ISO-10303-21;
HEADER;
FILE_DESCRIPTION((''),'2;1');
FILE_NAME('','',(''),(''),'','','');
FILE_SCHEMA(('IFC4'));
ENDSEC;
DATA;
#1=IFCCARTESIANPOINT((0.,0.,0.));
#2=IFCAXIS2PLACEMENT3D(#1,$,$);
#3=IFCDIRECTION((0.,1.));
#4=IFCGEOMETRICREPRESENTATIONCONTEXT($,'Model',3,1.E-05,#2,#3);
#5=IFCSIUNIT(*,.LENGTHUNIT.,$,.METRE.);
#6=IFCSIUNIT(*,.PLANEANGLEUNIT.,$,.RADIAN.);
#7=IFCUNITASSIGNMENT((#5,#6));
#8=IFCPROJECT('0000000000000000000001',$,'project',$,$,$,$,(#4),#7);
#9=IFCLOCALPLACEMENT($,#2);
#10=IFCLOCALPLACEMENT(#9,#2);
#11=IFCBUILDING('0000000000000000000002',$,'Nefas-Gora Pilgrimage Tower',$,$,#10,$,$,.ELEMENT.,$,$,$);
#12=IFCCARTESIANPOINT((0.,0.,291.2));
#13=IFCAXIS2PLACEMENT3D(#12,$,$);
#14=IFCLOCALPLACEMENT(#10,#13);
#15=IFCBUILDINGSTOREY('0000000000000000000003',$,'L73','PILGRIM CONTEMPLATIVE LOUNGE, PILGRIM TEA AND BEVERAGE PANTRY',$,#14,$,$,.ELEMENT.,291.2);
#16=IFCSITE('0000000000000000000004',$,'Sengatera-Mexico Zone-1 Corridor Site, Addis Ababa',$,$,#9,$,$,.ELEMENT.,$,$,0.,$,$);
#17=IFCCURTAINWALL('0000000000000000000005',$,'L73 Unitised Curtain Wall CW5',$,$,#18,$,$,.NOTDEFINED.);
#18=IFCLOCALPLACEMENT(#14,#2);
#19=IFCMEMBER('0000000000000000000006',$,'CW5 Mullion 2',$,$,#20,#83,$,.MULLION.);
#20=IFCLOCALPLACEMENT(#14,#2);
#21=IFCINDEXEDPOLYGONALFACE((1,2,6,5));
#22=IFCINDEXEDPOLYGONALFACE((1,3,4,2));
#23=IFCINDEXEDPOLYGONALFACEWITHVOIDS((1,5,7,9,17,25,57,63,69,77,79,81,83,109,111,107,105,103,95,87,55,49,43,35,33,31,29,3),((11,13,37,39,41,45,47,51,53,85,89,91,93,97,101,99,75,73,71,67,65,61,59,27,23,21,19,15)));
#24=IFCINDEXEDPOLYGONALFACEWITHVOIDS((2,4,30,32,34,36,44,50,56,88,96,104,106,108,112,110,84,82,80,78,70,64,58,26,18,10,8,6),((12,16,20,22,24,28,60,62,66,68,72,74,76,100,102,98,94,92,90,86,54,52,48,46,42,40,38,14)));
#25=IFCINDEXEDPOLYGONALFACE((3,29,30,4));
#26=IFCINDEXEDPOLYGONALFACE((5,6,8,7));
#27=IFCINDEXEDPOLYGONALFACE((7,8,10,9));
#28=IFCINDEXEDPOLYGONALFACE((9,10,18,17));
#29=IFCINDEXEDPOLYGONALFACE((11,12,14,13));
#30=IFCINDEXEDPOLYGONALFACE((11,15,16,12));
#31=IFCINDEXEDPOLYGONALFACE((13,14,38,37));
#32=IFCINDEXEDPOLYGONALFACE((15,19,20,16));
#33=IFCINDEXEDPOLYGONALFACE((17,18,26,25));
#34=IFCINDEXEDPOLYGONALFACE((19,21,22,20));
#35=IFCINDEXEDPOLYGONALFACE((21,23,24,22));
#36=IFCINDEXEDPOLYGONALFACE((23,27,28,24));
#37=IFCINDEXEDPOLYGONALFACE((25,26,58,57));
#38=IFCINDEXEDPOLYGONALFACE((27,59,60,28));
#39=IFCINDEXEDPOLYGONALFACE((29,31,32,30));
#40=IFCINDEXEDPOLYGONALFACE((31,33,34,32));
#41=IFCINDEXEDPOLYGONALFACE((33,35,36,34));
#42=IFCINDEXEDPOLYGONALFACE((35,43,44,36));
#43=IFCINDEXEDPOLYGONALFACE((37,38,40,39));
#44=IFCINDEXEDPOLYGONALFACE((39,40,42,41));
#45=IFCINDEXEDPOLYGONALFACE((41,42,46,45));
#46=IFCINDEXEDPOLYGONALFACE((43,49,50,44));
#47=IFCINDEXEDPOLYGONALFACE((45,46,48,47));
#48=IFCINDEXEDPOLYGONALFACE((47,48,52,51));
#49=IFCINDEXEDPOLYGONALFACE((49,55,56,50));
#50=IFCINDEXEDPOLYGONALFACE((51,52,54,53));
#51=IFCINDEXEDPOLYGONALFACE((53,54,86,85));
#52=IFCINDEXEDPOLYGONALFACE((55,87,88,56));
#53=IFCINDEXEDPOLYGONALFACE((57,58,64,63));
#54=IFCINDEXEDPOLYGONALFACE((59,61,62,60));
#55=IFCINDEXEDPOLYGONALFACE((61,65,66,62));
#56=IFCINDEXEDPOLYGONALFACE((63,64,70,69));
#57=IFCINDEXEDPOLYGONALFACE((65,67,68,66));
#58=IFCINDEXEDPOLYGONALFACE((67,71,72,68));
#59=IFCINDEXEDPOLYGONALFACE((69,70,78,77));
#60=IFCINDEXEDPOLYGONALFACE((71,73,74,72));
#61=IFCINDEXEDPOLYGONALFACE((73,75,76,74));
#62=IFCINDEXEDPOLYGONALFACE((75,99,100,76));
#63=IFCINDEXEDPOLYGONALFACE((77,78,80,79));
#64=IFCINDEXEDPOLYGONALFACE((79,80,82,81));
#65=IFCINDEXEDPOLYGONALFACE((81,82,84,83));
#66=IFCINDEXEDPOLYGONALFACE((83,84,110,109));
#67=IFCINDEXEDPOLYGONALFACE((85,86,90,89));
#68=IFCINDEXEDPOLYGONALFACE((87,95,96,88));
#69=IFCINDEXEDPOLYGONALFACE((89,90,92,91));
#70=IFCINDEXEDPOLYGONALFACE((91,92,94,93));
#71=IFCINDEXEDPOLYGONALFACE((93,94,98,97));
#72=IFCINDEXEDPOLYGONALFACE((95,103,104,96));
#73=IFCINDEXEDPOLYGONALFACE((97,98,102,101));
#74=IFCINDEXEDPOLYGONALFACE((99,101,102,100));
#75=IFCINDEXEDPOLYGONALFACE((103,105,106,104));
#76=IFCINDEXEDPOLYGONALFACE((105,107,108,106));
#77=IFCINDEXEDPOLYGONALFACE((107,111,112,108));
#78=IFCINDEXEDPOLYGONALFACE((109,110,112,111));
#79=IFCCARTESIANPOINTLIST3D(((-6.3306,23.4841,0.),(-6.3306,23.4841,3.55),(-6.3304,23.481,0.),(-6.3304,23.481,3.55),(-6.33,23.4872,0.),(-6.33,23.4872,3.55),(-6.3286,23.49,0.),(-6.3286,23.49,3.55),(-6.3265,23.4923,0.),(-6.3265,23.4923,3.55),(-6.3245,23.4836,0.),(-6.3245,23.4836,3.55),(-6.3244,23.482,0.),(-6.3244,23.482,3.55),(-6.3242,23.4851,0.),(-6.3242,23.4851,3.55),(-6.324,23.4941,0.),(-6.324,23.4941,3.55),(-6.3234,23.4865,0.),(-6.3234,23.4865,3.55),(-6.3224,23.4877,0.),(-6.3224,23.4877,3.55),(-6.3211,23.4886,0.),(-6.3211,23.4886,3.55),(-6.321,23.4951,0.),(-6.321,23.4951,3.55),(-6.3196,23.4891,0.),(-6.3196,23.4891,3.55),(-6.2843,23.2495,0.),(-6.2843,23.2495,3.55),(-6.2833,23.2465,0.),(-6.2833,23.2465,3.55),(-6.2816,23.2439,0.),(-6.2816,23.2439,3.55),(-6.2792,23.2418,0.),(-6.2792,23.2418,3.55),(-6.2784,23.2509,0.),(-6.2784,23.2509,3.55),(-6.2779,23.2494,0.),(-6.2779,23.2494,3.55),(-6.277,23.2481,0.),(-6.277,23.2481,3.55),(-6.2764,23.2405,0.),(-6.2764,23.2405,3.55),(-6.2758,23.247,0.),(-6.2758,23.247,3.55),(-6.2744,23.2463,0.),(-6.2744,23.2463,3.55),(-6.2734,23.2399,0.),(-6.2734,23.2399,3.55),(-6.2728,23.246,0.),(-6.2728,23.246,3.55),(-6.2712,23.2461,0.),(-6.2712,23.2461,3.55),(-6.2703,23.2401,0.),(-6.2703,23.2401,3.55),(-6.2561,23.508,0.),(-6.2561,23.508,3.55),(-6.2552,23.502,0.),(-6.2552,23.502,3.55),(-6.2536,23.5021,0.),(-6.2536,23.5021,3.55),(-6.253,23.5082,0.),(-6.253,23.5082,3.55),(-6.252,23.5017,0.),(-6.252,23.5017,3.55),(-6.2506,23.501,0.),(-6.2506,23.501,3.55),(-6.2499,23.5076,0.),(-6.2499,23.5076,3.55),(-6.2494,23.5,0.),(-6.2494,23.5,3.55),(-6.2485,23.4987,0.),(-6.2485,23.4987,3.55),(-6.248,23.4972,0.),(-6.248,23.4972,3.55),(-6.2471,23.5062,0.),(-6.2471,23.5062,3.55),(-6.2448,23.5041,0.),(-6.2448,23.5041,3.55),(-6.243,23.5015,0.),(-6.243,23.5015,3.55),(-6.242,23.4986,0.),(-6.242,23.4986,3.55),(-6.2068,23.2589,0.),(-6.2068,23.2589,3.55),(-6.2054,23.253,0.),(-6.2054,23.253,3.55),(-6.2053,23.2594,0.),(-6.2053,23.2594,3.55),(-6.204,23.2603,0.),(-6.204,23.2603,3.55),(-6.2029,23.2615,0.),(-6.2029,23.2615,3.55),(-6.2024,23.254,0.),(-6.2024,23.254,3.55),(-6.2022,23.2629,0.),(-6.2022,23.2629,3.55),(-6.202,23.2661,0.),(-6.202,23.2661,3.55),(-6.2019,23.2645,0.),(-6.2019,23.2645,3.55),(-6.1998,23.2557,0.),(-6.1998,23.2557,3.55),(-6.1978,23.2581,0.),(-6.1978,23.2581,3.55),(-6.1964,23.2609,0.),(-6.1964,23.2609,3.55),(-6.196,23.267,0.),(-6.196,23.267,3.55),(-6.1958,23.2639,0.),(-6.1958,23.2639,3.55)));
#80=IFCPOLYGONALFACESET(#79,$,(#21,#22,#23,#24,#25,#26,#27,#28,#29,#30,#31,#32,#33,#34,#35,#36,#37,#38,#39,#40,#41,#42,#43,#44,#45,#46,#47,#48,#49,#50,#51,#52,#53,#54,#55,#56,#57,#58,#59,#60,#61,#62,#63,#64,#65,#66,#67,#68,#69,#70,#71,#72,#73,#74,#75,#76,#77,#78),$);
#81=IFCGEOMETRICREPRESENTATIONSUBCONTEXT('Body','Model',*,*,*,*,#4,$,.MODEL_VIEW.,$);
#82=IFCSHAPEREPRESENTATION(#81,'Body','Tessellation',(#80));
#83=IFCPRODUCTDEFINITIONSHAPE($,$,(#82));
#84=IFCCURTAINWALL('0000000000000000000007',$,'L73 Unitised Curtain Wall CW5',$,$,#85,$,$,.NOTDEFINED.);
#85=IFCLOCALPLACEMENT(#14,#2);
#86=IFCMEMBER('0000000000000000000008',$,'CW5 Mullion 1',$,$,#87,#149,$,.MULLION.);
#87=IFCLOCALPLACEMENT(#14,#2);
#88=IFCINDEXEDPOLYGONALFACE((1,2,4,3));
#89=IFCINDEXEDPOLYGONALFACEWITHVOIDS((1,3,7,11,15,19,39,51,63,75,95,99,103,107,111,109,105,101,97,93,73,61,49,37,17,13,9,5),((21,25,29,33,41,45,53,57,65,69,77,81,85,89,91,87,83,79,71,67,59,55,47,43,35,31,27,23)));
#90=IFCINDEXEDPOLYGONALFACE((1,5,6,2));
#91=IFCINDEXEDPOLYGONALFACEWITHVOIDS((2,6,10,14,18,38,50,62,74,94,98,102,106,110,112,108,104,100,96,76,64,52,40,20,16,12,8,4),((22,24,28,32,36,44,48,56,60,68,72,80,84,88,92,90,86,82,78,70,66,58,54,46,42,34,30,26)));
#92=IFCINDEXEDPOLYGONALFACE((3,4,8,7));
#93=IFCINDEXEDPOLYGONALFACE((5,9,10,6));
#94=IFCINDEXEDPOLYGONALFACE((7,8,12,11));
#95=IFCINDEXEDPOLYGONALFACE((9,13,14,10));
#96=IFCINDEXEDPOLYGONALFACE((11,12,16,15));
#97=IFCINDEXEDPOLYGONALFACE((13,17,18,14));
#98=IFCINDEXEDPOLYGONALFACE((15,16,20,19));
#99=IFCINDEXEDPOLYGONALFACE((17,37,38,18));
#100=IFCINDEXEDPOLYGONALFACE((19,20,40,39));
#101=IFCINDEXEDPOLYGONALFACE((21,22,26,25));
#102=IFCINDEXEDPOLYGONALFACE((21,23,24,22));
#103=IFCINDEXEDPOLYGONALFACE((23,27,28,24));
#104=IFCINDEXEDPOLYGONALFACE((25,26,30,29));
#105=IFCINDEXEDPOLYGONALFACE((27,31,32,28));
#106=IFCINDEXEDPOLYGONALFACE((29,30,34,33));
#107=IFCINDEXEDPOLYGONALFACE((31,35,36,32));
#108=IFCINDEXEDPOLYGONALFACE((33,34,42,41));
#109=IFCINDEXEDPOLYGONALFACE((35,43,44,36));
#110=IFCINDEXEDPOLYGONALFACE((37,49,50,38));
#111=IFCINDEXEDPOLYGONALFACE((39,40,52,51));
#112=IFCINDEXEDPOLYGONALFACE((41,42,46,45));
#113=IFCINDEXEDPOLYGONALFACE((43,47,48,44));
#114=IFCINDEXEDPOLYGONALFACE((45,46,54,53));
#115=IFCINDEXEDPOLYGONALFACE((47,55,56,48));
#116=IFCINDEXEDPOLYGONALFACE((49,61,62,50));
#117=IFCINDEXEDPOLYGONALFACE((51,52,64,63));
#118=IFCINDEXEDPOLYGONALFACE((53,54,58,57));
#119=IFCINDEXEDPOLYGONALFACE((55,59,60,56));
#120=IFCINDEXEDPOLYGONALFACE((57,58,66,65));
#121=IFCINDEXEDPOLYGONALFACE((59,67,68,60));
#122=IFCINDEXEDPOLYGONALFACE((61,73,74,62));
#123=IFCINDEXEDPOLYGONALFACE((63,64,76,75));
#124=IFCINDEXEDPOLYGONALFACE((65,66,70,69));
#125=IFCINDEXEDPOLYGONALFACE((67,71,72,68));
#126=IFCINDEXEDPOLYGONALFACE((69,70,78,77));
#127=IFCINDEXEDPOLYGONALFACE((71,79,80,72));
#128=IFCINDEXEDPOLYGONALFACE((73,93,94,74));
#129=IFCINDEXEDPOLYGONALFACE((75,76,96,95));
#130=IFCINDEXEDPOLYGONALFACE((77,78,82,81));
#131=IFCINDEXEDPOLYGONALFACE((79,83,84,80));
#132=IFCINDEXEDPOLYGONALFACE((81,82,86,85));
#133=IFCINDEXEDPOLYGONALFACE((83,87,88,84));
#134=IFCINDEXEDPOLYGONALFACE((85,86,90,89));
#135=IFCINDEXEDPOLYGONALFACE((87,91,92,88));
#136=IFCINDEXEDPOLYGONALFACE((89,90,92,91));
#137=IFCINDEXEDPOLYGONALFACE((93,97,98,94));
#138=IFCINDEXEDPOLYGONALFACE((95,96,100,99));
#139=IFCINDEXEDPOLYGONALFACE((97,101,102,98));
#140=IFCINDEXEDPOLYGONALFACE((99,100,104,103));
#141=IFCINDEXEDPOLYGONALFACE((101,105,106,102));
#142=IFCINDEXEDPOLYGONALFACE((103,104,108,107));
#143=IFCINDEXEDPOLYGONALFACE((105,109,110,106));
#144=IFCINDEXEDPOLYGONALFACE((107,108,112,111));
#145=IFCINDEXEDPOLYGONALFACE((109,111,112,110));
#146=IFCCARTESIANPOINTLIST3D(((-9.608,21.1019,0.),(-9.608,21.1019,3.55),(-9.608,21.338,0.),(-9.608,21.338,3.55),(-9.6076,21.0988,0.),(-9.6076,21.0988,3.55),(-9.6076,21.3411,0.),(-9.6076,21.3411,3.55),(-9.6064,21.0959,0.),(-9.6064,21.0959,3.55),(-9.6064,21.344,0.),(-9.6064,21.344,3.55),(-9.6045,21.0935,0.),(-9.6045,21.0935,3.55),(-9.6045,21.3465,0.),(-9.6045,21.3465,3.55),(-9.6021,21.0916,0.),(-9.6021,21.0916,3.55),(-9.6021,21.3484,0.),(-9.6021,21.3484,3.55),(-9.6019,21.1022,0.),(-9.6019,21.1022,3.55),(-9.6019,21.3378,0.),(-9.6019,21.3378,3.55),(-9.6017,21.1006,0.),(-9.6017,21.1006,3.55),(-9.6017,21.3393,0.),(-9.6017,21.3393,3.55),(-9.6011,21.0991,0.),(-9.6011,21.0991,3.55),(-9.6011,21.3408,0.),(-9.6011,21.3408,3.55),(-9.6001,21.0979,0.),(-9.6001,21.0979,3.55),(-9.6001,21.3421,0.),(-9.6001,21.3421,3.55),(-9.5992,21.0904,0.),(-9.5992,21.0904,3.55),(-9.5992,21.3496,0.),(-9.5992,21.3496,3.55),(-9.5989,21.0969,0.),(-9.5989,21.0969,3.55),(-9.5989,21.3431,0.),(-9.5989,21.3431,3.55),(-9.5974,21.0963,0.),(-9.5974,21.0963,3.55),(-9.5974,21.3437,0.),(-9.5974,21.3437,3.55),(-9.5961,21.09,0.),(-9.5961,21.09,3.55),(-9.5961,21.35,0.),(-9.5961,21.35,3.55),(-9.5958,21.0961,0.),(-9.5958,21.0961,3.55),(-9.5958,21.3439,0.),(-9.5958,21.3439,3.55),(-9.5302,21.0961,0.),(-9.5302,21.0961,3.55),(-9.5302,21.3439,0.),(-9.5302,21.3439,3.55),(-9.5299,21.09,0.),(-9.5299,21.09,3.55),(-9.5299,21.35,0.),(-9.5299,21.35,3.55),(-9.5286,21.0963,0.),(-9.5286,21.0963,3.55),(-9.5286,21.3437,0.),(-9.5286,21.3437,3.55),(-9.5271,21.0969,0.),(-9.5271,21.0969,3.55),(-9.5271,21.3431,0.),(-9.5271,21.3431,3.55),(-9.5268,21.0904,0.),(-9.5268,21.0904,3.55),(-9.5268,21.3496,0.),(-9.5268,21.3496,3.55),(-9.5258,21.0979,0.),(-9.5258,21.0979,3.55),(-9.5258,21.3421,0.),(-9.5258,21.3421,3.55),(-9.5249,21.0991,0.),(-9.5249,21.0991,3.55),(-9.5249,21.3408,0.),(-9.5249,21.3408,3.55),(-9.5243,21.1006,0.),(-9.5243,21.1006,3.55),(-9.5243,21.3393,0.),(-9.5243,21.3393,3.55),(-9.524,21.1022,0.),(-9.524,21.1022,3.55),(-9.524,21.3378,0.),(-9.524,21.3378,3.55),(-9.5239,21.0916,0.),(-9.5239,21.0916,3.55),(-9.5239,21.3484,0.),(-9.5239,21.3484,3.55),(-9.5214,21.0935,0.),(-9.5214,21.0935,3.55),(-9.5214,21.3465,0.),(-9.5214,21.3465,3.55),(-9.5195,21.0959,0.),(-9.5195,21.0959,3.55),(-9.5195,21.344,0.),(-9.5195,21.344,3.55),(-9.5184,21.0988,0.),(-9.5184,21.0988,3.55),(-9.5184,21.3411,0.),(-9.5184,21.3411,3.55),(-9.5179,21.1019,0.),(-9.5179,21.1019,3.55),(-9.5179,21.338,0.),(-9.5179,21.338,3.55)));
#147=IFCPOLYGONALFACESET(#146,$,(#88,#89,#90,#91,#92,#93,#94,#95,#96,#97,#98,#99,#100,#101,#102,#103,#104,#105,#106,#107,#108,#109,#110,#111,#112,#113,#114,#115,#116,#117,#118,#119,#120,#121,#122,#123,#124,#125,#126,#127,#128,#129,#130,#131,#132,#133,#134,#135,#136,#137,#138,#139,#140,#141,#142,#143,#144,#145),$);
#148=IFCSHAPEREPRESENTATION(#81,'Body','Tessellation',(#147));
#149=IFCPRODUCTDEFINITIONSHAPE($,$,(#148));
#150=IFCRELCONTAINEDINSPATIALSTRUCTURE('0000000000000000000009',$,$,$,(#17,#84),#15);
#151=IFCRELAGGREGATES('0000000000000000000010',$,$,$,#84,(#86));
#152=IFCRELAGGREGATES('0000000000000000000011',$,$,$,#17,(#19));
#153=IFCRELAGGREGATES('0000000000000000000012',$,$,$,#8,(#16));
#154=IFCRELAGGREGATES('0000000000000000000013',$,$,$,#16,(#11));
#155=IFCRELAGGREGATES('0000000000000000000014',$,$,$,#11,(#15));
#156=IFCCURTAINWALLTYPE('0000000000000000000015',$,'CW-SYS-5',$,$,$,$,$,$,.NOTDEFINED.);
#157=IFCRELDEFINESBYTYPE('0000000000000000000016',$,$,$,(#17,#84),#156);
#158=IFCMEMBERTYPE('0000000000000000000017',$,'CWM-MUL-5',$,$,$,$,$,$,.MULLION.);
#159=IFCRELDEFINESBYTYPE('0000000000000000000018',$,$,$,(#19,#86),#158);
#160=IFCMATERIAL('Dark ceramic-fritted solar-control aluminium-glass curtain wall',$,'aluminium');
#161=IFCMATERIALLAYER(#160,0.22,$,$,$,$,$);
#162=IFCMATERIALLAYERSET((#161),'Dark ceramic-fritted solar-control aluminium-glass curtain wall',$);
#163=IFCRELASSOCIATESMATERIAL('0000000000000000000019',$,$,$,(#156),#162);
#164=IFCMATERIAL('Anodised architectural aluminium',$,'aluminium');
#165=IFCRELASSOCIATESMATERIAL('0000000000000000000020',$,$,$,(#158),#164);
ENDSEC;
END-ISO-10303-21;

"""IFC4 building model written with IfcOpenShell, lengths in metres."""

from ifc_helpers import new_model, si_unit, direction, frame, origin, origin_2d, place, context, subcontext, project, spatial, hollow_rectangle, extrude, source, transform, mapped, material, layer, layer_set, material_profile, profile_set, type_object, element, aggregate, save


model = new_model("IFC4")

# Units and contexts
model_context = context("Model", 3, precision=1e-05, world=origin(), true_north=direction((0.0, 1.0)))
body_context = subcontext(model_context, "Body", "Model", "MODEL_VIEW")
ifc_project = project(units=[si_unit("LENGTHUNIT", "METRE"), si_unit("PLANEANGLEUNIT", "RADIAN")], contexts=[model_context])

# Site, building, storey
site_placement = place(None, origin())
site = spatial("IfcSite", under=ifc_project, at=site_placement, Name="Sengatera-Mexico Zone-1 Corridor Site, Addis Ababa", CompositionType="ELEMENT", RefElevation=0.0)
building_placement = place(site_placement, origin())
building = spatial("IfcBuilding", under=site, at=building_placement, Name="Nefas-Gora Pilgrimage Tower", CompositionType="ELEMENT")
storey_placement = place(building_placement, frame((0.0, 0.0, 291.2)))
storey = spatial("IfcBuildingStorey", under=building, at=storey_placement, Name="L73", Description="PILGRIM CONTEMPLATIVE LOUNGE, PILGRIM TEA AND BEVERAGE PANTRY", CompositionType="ELEMENT", Elevation=291.2)

# Curtain wall, member
ifc_material_1 = material(Name="Dark ceramic-fritted solar-control aluminium-glass curtain wall", Category="aluminium")
ifc_layer_1 = layer(ifc_material_1, 0.22)
ifc_layer_set_1 = layer_set([ifc_layer_1], Name="Dark ceramic-fritted solar-control aluminium-glass curtain wall")
curtain_wall_type = type_object("IfcCurtainWallType", Name="CW-SYS-5", PredefinedType="NOTDEFINED", material=ifc_layer_set_1)
curtain_wall_1_placement = place(storey_placement, origin())
curtain_wall_1 = element("IfcCurtainWall", 1, at=curtain_wall_1_placement, inside=storey, type_object=curtain_wall_type, Name="L73 Unitised Curtain Wall CW5", PredefinedType="NOTDEFINED")
ifc_material_2 = material(Name="Anodised architectural aluminium", Category="aluminium")
ifc_material_profile_1 = material_profile(ifc_material_2, hollow_rectangle(XDim=0.0901, YDim=0.26, WallThickness=0.0061, InnerFilletRadius=0.0061, OuterFilletRadius=0.012, at=origin_2d()), Name="ALU MULLION 90x260")
ifc_profile_set_1 = profile_set([ifc_material_profile_1], Name="Anodised architectural aluminium")
member_type_1 = type_object("IfcMemberType", Name="CWM-MUL-5", PredefinedType="MULLION", material=ifc_profile_set_1)
shared_shape_1 = source(origin(), body_context, "Body", "SweptSolid", [
    extrude(hollow_rectangle(XDim=0.0901, YDim=0.26, WallThickness=0.0061, InnerFilletRadius=0.0061, OuterFilletRadius=0.012, at=origin_2d()), origin(), (0.0, 0.0, 1.0), 3.55),
])
member_1_placement = place(storey_placement, frame((-6.2632, 23.374, 0.0), z_axis=(0.0, 0.0, 1.0), x_axis=(-0.980783, -0.195102, 0.0)))
member_1 = element("IfcMember", 2, at=member_1_placement, type_object=member_type_1, Name="CW5 Mullion 2", PredefinedType="MULLION", context=body_context, shape_type="MappedRepresentation", body=[
    mapped(shared_shape_1, transform((0.0, 0.0, 0.0), x_axis=(1.0, 0.0, 0.0), y_axis=(0.0, 1.0, 0.0), z_axis=(0.0, 0.0, 1.0), scale=1.0)),
])

# Curtain wall, member
curtain_wall_2_placement = place(storey_placement, origin())
curtain_wall_2 = element("IfcCurtainWall", 3, at=curtain_wall_2_placement, inside=storey, type_object=curtain_wall_type, Name="L73 Unitised Curtain Wall CW5", PredefinedType="NOTDEFINED")
member_2_placement = place(storey_placement, frame((-9.563, 21.22, 0.0), z_axis=(0.0, 0.0, 1.0), x_axis=(-1.0, 0.0, 0.0)))
member_2 = element("IfcMember", 4, at=member_2_placement, type_object=member_type_1, Name="CW5 Mullion 1", PredefinedType="MULLION", context=body_context, shape_type="MappedRepresentation", body=[
    mapped(shared_shape_1, transform((0.0, 0.0, 0.0), x_axis=(1.0, 0.0, 0.0), y_axis=(0.0, 1.0, 0.0), z_axis=(0.0, 0.0, 1.0), scale=1.0)),
])
aggregate(curtain_wall_2, [member_2])

aggregate(curtain_wall_1, [member_1])

save(model, "model.ifc")
